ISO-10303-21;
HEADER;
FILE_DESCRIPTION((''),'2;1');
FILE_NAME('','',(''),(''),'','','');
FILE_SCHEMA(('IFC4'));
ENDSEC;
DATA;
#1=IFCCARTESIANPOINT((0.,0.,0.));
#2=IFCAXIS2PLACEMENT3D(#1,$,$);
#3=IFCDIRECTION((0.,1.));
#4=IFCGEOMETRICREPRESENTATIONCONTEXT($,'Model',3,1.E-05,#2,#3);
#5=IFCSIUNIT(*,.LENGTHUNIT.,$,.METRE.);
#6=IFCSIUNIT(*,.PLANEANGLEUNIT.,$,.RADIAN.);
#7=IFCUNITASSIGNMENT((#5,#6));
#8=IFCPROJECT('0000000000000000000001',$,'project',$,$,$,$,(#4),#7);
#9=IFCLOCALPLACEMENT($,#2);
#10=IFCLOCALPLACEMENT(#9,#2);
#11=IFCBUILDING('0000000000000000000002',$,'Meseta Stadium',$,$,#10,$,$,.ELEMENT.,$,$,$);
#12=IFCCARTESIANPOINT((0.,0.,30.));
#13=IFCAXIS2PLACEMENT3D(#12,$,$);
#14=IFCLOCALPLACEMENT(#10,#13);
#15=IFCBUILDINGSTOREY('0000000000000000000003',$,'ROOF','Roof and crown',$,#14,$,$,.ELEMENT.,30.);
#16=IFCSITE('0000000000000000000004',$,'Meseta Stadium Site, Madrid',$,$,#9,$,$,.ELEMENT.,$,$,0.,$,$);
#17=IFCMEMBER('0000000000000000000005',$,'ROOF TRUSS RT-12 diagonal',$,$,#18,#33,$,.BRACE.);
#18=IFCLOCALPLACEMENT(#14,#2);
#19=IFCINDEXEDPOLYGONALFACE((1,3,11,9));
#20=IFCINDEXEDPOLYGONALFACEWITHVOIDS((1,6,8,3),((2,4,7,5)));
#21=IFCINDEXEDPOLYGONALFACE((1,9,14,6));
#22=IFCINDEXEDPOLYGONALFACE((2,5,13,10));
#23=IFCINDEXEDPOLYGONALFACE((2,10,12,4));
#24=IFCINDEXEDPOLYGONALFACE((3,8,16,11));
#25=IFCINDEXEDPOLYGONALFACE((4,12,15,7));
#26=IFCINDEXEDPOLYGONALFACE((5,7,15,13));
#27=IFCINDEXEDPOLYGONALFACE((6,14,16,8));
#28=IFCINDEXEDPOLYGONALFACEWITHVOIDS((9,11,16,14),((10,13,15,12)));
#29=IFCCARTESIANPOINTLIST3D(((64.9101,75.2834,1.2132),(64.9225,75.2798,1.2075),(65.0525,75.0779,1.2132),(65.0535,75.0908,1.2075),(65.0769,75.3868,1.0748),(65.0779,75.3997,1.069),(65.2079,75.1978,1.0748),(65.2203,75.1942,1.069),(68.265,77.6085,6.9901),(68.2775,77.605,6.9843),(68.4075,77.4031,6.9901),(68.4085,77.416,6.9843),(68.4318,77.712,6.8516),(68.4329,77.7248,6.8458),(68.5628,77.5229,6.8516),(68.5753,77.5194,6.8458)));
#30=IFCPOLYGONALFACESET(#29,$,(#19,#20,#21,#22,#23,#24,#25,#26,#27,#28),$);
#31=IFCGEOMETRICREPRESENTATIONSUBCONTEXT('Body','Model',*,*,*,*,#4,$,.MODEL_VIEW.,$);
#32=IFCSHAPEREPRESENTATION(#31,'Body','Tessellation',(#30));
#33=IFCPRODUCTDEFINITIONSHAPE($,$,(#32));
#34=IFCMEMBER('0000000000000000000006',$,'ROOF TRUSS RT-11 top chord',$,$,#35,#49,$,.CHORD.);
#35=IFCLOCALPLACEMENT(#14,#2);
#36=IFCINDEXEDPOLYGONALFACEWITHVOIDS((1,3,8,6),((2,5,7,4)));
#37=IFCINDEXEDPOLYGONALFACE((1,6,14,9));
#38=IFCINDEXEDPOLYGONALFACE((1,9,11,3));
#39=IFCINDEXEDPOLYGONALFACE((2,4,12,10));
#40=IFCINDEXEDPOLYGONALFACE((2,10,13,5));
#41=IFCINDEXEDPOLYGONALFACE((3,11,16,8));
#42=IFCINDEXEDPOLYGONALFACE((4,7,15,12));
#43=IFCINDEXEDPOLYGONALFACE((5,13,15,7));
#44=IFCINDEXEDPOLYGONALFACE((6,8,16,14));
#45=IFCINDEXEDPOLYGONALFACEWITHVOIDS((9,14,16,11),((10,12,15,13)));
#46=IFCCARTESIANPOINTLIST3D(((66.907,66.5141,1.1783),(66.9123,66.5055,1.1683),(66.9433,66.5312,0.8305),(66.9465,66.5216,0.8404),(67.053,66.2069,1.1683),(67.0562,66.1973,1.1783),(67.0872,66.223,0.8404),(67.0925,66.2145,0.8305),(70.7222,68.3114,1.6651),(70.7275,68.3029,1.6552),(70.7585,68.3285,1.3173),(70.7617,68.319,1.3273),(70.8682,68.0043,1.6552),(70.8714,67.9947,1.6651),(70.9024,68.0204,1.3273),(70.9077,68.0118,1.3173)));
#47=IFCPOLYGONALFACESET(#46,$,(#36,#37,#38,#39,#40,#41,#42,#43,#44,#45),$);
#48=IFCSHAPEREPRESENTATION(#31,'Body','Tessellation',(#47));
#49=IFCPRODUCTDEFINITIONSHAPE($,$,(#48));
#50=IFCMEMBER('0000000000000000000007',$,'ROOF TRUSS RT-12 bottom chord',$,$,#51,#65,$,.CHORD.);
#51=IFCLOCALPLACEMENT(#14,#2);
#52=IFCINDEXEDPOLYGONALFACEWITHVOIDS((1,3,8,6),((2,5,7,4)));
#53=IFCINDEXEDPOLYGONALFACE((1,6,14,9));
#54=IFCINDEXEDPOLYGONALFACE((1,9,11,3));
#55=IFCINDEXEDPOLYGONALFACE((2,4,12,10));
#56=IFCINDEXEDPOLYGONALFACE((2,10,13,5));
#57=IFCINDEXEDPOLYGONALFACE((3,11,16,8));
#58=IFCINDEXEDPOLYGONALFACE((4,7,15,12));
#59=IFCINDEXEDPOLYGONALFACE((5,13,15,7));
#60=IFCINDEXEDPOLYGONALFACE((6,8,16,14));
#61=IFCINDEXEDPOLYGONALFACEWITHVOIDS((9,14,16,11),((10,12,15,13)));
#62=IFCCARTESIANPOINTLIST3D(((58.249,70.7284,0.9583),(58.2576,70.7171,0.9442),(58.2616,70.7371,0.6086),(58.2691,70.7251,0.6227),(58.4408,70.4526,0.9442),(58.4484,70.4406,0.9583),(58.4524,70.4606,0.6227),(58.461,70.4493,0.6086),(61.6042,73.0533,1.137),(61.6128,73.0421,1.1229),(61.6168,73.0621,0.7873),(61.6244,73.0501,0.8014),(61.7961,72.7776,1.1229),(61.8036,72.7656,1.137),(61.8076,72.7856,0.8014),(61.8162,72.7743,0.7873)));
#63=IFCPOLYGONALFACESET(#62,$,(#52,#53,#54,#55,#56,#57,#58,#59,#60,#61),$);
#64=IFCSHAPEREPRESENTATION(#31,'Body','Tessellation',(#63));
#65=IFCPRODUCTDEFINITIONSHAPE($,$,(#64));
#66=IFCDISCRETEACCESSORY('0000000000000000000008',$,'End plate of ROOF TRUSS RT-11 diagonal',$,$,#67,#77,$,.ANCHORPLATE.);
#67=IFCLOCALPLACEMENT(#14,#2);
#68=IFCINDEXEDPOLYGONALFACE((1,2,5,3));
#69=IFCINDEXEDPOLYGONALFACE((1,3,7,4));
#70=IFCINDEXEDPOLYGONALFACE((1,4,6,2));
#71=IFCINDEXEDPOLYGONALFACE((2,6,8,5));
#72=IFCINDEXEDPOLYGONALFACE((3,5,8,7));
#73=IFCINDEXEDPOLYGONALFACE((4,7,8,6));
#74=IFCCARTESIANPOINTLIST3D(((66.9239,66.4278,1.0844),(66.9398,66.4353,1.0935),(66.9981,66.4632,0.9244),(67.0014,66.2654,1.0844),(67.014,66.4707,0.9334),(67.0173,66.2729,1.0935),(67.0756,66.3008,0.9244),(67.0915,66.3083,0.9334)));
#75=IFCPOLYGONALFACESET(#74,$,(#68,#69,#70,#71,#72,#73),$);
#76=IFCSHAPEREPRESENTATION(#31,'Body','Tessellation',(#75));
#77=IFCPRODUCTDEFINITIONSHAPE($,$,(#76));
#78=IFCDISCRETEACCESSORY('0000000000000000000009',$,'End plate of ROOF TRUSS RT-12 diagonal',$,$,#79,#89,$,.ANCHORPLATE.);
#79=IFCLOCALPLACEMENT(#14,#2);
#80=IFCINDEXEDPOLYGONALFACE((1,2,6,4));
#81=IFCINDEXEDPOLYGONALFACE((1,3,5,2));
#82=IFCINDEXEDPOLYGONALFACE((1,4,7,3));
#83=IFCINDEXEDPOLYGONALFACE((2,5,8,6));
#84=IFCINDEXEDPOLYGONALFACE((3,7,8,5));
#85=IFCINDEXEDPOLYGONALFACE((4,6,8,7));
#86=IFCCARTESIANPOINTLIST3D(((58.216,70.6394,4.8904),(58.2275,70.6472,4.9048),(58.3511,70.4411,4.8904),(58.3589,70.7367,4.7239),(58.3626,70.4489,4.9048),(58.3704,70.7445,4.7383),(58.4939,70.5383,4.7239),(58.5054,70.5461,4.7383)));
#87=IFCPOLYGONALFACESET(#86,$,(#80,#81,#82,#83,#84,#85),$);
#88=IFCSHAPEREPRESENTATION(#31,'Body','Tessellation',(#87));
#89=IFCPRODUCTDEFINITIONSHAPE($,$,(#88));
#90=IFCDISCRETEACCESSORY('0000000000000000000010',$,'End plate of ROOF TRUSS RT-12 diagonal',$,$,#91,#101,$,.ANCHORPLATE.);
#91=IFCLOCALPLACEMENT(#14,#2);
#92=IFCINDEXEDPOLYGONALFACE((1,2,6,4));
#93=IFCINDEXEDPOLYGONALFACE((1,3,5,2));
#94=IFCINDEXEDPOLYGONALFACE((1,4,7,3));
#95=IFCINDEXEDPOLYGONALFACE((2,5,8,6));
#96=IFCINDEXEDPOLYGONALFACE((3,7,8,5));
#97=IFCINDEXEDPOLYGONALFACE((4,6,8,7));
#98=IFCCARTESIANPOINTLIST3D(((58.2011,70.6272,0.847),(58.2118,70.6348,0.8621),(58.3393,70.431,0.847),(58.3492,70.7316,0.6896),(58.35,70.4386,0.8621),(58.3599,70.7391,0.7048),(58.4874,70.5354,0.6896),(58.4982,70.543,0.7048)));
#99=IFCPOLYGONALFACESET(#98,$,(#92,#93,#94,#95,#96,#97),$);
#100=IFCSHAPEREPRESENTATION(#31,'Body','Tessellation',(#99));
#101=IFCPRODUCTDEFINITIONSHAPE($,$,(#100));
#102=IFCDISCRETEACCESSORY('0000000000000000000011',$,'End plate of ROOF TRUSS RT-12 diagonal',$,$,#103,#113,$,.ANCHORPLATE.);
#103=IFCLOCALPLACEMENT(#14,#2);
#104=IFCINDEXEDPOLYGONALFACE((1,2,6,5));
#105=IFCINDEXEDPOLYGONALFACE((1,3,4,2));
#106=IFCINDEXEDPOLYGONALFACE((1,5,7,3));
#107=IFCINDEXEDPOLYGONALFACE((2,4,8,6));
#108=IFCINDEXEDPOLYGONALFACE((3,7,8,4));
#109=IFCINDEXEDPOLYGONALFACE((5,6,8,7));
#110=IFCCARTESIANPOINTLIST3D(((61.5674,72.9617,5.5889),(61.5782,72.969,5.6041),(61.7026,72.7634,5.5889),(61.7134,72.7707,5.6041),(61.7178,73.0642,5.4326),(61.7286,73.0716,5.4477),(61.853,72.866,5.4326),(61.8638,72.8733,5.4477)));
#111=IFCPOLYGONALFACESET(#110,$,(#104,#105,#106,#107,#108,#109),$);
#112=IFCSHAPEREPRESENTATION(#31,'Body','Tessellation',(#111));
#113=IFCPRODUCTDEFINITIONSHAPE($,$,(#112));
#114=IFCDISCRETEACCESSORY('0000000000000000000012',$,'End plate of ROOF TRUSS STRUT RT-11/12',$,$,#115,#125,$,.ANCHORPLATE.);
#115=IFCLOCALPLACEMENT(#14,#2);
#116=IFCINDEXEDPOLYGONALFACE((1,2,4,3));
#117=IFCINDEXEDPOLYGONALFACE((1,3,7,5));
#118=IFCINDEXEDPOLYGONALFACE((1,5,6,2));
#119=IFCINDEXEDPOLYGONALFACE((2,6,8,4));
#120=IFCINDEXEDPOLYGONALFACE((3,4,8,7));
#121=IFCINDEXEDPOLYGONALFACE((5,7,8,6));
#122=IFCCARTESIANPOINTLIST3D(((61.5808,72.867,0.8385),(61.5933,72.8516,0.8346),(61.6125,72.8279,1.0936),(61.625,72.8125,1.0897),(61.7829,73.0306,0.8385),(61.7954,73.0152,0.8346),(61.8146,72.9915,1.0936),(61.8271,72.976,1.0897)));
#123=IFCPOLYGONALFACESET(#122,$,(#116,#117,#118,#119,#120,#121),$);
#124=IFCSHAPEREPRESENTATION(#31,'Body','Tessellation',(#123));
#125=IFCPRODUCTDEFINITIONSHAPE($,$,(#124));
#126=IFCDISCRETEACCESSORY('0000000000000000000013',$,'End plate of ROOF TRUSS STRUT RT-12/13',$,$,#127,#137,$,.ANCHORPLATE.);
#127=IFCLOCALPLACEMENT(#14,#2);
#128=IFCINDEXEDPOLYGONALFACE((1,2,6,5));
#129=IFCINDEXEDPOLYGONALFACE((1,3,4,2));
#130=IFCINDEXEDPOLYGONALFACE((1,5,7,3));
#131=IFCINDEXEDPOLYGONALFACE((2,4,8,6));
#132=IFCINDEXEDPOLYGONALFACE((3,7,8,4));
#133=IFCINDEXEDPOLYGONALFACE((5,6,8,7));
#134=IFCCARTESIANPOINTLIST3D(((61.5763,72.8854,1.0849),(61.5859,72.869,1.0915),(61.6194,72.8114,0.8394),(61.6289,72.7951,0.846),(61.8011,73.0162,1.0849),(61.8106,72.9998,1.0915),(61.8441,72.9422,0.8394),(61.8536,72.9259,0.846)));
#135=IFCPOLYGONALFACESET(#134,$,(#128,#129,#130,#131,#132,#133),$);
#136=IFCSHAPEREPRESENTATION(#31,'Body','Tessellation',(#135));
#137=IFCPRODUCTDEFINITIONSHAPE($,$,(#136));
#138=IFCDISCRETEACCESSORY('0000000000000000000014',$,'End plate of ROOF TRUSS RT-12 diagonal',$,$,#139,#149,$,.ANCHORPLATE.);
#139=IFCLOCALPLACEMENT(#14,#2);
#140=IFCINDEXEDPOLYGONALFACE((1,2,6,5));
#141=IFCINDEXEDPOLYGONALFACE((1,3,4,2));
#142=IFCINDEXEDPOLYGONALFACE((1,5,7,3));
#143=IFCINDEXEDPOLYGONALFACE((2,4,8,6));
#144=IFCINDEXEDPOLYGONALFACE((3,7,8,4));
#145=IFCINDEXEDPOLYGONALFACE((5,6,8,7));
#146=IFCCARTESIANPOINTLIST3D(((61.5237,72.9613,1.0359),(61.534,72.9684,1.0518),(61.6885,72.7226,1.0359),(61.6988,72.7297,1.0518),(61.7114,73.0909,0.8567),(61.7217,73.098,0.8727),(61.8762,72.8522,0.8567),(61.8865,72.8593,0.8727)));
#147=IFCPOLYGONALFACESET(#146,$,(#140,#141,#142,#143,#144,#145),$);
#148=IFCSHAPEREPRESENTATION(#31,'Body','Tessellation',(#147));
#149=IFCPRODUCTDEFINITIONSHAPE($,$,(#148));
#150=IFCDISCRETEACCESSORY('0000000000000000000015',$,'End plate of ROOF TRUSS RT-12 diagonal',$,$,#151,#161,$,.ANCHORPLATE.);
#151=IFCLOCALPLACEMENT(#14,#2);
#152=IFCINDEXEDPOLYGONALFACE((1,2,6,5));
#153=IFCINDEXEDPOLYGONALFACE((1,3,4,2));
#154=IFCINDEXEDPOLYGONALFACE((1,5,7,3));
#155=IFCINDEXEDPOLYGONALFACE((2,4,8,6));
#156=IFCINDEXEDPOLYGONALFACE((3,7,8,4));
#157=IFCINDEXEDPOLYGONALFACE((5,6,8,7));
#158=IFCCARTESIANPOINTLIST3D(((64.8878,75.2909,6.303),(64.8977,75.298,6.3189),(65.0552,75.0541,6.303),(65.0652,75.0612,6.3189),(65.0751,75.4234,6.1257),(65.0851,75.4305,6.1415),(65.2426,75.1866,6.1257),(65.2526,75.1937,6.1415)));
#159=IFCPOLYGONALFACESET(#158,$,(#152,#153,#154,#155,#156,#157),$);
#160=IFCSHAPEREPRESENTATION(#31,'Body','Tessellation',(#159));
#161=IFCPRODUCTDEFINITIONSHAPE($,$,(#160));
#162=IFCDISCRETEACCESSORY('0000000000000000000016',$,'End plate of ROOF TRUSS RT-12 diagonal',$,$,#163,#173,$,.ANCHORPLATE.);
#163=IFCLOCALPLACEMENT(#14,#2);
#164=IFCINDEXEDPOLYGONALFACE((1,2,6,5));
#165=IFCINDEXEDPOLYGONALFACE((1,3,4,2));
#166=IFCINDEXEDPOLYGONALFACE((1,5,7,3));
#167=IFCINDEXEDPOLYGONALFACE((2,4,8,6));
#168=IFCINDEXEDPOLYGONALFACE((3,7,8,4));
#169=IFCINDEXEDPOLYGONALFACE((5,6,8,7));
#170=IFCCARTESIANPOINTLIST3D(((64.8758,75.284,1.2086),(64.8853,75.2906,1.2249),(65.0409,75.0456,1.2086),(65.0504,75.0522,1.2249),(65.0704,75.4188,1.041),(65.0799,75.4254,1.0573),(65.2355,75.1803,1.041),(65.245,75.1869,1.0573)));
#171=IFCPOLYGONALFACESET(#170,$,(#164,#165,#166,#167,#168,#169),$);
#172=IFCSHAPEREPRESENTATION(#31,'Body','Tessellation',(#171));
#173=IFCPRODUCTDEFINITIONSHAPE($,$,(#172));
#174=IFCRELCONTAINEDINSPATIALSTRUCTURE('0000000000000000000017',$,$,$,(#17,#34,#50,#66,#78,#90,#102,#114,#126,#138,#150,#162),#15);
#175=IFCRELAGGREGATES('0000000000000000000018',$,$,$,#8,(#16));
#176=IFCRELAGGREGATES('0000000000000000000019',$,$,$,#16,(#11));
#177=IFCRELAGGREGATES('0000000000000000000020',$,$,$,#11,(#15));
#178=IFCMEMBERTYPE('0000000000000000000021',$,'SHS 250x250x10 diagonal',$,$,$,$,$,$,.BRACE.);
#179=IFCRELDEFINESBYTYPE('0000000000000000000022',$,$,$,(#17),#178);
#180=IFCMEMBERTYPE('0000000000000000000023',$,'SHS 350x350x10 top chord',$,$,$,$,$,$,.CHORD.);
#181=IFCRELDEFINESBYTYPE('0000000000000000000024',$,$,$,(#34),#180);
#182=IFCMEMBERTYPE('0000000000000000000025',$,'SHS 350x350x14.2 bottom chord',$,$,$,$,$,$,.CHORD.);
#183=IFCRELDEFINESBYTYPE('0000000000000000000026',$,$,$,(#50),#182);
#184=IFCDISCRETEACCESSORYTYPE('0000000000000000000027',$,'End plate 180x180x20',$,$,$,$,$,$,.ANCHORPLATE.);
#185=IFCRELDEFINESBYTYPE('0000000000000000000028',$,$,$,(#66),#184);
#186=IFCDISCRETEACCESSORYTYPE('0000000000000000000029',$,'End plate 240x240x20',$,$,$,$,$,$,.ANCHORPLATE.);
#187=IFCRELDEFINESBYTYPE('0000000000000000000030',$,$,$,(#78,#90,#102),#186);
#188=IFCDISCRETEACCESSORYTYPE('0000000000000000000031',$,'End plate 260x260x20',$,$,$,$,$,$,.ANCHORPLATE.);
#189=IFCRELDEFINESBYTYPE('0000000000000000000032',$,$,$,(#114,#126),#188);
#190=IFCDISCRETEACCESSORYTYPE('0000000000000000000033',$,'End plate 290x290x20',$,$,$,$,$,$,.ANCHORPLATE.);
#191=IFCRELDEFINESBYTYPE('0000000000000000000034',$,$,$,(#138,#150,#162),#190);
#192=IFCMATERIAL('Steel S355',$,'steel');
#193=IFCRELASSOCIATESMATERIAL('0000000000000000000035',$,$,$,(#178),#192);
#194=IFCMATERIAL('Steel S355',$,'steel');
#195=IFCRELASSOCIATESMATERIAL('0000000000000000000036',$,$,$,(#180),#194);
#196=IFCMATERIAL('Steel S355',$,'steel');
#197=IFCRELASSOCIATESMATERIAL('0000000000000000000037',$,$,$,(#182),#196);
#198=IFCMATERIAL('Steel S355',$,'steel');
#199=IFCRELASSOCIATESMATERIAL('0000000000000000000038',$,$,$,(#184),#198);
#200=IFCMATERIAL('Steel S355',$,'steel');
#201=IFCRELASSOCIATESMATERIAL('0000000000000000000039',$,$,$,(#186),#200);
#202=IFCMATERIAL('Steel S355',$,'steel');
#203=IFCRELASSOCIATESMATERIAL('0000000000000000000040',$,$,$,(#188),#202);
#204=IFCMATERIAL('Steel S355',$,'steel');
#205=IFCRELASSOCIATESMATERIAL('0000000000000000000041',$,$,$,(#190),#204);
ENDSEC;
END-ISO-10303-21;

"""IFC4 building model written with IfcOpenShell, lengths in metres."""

from ifc_helpers import new_model, si_unit, direction, frame, origin, origin_2d, place, context, subcontext, project, spatial, rectangle, hollow_rectangle, extrude, material, material_profile, profile_set, type_object, element, save


model = new_model("IFC4")

# Units and contexts
model_context = context("Model", 3, precision=1e-05, world=origin(), true_north=direction((0.0, 1.0)))
body_context = subcontext(model_context, "Body", "Model", "MODEL_VIEW")
ifc_project = project(units=[si_unit("LENGTHUNIT", "METRE"), si_unit("PLANEANGLEUNIT", "RADIAN")], contexts=[model_context])

# Site, building, storey
site_placement = place(None, origin())
site = spatial("IfcSite", under=ifc_project, at=site_placement, Name="Meseta Stadium Site, Madrid", CompositionType="ELEMENT", RefElevation=0.0)
building_placement = place(site_placement, origin())
building = spatial("IfcBuilding", under=site, at=building_placement, Name="Meseta Stadium", CompositionType="ELEMENT")
storey_placement = place(building_placement, frame((0.0, 0.0, 30.0)))
storey = spatial("IfcBuildingStorey", under=building, at=storey_placement, Name="ROOF", Description="Roof and crown", CompositionType="ELEMENT", Elevation=30.0)

# Members
ifc_material_1 = material(Name="Steel S355", Category="steel")
ifc_material_profile_1 = material_profile(ifc_material_1, hollow_rectangle(XDim=0.25, YDim=0.25, WallThickness=0.01, at=origin_2d()), Name="SHS 250x250x10")
ifc_profile_set_1 = profile_set([ifc_material_profile_1], Name="Steel S355")
member_type_1 = type_object("IfcMemberType", Name="SHS 250x250x10 diagonal", PredefinedType="BRACE", material=ifc_profile_set_1)
member_1_placement = place(storey_placement, frame((65.0652, 75.2388, 1.1411), z_axis=(0.474302, 0.328719, 0.816689), x_axis=(-0.569627, 0.821904, 0.0)))
element("IfcMember", 1, at=member_1_placement, inside=storey, type_object=member_type_1, Name="ROOF TRUSS RT-12 diagonal", PredefinedType="BRACE", context=body_context, shape_type="SweptSolid", body=[
    extrude(hollow_rectangle(XDim=0.25, YDim=0.25, WallThickness=0.01, at=origin_2d()), origin(), (0.0, 0.0, 1.0), 7.0735),
])
ifc_material_2 = material(Name="Steel S355", Category="steel")
ifc_material_profile_2 = material_profile(ifc_material_2, hollow_rectangle(XDim=0.3501, YDim=0.3501, WallThickness=0.01, at=origin_2d()), Name="SHS 350x350x10")
ifc_profile_set_2 = profile_set([ifc_material_profile_2], Name="Steel S355")
member_type_2 = type_object("IfcMemberType", Name="SHS 350x350x10 top chord", PredefinedType="CHORD", material=ifc_profile_set_2)
member_2_placement = place(storey_placement, frame((66.9998, 66.3643, 1.0044), z_axis=(0.89867, 0.42337, 0.11467), x_axis=(-0.426182, 0.904638, 0.0)))
element("IfcMember", 2, at=member_2_placement, inside=storey, type_object=member_type_2, Name="ROOF TRUSS RT-11 top chord", PredefinedType="CHORD", context=body_context, shape_type="SweptSolid", body=[
    extrude(hollow_rectangle(XDim=0.3501, YDim=0.3501, WallThickness=0.01, at=origin_2d()), origin(), (0.0, 0.0, 1.0), 4.2454),
])
ifc_material_3 = material(Name="Steel S355", Category="steel")
ifc_material_profile_3 = material_profile(ifc_material_3, hollow_rectangle(XDim=0.3501, YDim=0.3501, WallThickness=0.0142, at=origin_2d()), Name="SHS 350x350x14.2")
ifc_profile_set_3 = profile_set([ifc_material_profile_3], Name="Steel S355")
member_type_3 = type_object("IfcMemberType", Name="SHS 350x350x14.2 bottom chord", PredefinedType="CHORD", material=ifc_profile_set_3)
member_3_placement = place(storey_placement, frame((58.355, 70.5889, 0.7834), z_axis=(0.821164, 0.569013, 0.043738), x_axis=(-0.569558, 0.821951, 0.0)))
element("IfcMember", 3, at=member_3_placement, inside=storey, type_object=member_type_3, Name="ROOF TRUSS RT-12 bottom chord", PredefinedType="CHORD", context=body_context, shape_type="SweptSolid", body=[
    extrude(hollow_rectangle(XDim=0.3501, YDim=0.3501, WallThickness=0.0142, at=origin_2d()), origin(), (0.0, 0.0, 1.0), 4.0859),
])

# Discrete accessories
ifc_material_4 = material(Name="Steel S355", Category="steel")
ifc_material_profile_4 = material_profile(ifc_material_4, rectangle(XDim=0.1799, YDim=0.1799, at=origin_2d()), Name="PL 180x180")
ifc_profile_set_4 = profile_set([ifc_material_profile_4], Name="Steel S355")
discrete_accessory_type_1 = type_object("IfcDiscreteAccessoryType", Name="End plate 180x180x20", PredefinedType="ANCHORPLATE", material=ifc_profile_set_4)
discrete_accessory_1_placement = place(storey_placement, frame((66.9998, 66.3643, 1.0044), z_axis=(0.802836, 0.382891, 0.456999), x_axis=(-0.430473, 0.902604, 0.0)))
element("IfcDiscreteAccessory", 4, at=discrete_accessory_1_placement, inside=storey, type_object=discrete_accessory_type_1, Name="End plate of ROOF TRUSS RT-11 diagonal", PredefinedType="ANCHORPLATE", context=body_context, shape_type="SweptSolid", body=[
    extrude(rectangle(XDim=0.1799, YDim=0.1799, at=origin_2d()), origin(), (0.0, 0.0, 1.0), 0.0198),
])
ifc_material_5 = material(Name="Steel S355", Category="steel")
ifc_material_profile_5 = material_profile(ifc_material_5, rectangle(XDim=0.24, YDim=0.24, at=origin_2d()), Name="PL 240x240")
ifc_profile_set_5 = profile_set([ifc_material_profile_5], Name="Steel S355")
discrete_accessory_type_2 = type_object("IfcDiscreteAccessoryType", Name="End plate 240x240x20", PredefinedType="ANCHORPLATE", material=ifc_profile_set_5)
for number, where, z_axis, x_axis, name in (
    (5, (58.355, 70.5889, 4.8071), (0.573597, 0.390534, 0.720048), (-0.562791, 0.826599, 0.0), "End plate of ROOF TRUSS RT-12 diagonal"),
    (6, (58.3442, 70.5813, 0.7683), (0.535908, 0.377572, 0.755144), (-0.575954, 0.817482, 0.0), "End plate of ROOF TRUSS RT-12 diagonal"),
    (7, (61.7102, 72.9138, 5.5107), (0.53835, 0.367057, 0.758584), (-0.563337, 0.826227, 0.0), "End plate of ROOF TRUSS RT-12 diagonal"),
):
    element("IfcDiscreteAccessory", number, at=place(storey_placement, frame(where, z_axis=z_axis, x_axis=x_axis)), inside=storey, type_object=discrete_accessory_type_2, Name=name, PredefinedType="ANCHORPLATE", context=body_context, shape_type="SweptSolid", body=[
        extrude(rectangle(XDim=0.24, YDim=0.24, at=origin_2d()), origin(), (0.0, 0.0, 1.0), 0.02),
    ])
ifc_material_6 = material(Name="Steel S355", Category="steel")
ifc_material_profile_6 = material_profile(ifc_material_6, rectangle(XDim=0.26, YDim=0.26, at=origin_2d()), Name="PL 260x260")
ifc_profile_set_6 = profile_set([ifc_material_profile_6], Name="Steel S355")
discrete_accessory_type_3 = type_object("IfcDiscreteAccessoryType", Name="End plate 260x260x20", PredefinedType="ANCHORPLATE", material=ifc_profile_set_6)
discrete_accessory_2_placement = place(storey_placement, frame((61.7102, 72.9138, 0.9622), z_axis=(-0.617287, 0.762531, 0.193659), x_axis=(-0.777245, -0.629198, 0.0)))
element("IfcDiscreteAccessory", 8, at=discrete_accessory_2_placement, inside=storey, type_object=discrete_accessory_type_3, Name="End plate of ROOF TRUSS STRUT RT-11/12", PredefinedType="ANCHORPLATE", context=body_context, shape_type="SweptSolid", body=[
    extrude(rectangle(XDim=0.26, YDim=0.26, at=origin_2d()), origin(), (0.0, 0.0, 1.0), 0.0203),
])
discrete_accessory_3_placement = place(storey_placement, frame((61.7197, 72.8975, 0.9688), z_axis=(-0.47508, 0.816163, -0.328902), x_axis=(-0.864246, -0.503069, 0.0)))
element("IfcDiscreteAccessory", 9, at=discrete_accessory_3_placement, inside=storey, type_object=discrete_accessory_type_3, Name="End plate of ROOF TRUSS STRUT RT-12/13", PredefinedType="ANCHORPLATE", context=body_context, shape_type="SweptSolid", body=[
    extrude(rectangle(XDim=0.26, YDim=0.26, at=origin_2d()), origin(), (0.0, 0.0, 1.0), 0.02),
])
ifc_material_7 = material(Name="Steel S355", Category="steel")
ifc_material_profile_7 = material_profile(ifc_material_7, rectangle(XDim=0.29, YDim=0.29, at=origin_2d()), Name="PL 290x290")
ifc_profile_set_7 = profile_set([ifc_material_profile_7], Name="Steel S355")
discrete_accessory_type_4 = type_object("IfcDiscreteAccessoryType", Name="End plate 290x290x20", PredefinedType="ANCHORPLATE", material=ifc_profile_set_7)
discrete_accessory_4_placement = place(storey_placement, frame((61.7, 72.9067, 0.9463), z_axis=(0.508205, 0.350903, 0.786508), x_axis=(-0.568191, 0.822897, 0.0)))
element("IfcDiscreteAccessory", 10, at=discrete_accessory_4_placement, inside=storey, type_object=discrete_accessory_type_4, Name="End plate of ROOF TRUSS RT-12 diagonal", PredefinedType="ANCHORPLATE", context=body_context, shape_type="SweptSolid", body=[
    extrude(rectangle(XDim=0.29, YDim=0.29, at=origin_2d()), origin(), (0.0, 0.0, 1.0), 0.0203),
])
for number, where, z_axis, x_axis, name in (
    (11, (65.0652, 75.2388, 6.2144), (0.499147, 0.353055, 0.791331), (-0.577465, 0.816416, 0.0), "End plate of ROOF TRUSS RT-12 diagonal"),
    (12, (65.0557, 75.2322, 1.1248), (0.47508, 0.328902, 0.816163), (-0.56921, 0.822192, 0.0), "End plate of ROOF TRUSS RT-12 diagonal"),
):
    element("IfcDiscreteAccessory", number, at=place(storey_placement, frame(where, z_axis=z_axis, x_axis=x_axis)), inside=storey, type_object=discrete_accessory_type_4, Name=name, PredefinedType="ANCHORPLATE", context=body_context, shape_type="SweptSolid", body=[
        extrude(rectangle(XDim=0.29, YDim=0.29, at=origin_2d()), origin(), (0.0, 0.0, 1.0), 0.02),
    ])

save(model, "model.ifc")
